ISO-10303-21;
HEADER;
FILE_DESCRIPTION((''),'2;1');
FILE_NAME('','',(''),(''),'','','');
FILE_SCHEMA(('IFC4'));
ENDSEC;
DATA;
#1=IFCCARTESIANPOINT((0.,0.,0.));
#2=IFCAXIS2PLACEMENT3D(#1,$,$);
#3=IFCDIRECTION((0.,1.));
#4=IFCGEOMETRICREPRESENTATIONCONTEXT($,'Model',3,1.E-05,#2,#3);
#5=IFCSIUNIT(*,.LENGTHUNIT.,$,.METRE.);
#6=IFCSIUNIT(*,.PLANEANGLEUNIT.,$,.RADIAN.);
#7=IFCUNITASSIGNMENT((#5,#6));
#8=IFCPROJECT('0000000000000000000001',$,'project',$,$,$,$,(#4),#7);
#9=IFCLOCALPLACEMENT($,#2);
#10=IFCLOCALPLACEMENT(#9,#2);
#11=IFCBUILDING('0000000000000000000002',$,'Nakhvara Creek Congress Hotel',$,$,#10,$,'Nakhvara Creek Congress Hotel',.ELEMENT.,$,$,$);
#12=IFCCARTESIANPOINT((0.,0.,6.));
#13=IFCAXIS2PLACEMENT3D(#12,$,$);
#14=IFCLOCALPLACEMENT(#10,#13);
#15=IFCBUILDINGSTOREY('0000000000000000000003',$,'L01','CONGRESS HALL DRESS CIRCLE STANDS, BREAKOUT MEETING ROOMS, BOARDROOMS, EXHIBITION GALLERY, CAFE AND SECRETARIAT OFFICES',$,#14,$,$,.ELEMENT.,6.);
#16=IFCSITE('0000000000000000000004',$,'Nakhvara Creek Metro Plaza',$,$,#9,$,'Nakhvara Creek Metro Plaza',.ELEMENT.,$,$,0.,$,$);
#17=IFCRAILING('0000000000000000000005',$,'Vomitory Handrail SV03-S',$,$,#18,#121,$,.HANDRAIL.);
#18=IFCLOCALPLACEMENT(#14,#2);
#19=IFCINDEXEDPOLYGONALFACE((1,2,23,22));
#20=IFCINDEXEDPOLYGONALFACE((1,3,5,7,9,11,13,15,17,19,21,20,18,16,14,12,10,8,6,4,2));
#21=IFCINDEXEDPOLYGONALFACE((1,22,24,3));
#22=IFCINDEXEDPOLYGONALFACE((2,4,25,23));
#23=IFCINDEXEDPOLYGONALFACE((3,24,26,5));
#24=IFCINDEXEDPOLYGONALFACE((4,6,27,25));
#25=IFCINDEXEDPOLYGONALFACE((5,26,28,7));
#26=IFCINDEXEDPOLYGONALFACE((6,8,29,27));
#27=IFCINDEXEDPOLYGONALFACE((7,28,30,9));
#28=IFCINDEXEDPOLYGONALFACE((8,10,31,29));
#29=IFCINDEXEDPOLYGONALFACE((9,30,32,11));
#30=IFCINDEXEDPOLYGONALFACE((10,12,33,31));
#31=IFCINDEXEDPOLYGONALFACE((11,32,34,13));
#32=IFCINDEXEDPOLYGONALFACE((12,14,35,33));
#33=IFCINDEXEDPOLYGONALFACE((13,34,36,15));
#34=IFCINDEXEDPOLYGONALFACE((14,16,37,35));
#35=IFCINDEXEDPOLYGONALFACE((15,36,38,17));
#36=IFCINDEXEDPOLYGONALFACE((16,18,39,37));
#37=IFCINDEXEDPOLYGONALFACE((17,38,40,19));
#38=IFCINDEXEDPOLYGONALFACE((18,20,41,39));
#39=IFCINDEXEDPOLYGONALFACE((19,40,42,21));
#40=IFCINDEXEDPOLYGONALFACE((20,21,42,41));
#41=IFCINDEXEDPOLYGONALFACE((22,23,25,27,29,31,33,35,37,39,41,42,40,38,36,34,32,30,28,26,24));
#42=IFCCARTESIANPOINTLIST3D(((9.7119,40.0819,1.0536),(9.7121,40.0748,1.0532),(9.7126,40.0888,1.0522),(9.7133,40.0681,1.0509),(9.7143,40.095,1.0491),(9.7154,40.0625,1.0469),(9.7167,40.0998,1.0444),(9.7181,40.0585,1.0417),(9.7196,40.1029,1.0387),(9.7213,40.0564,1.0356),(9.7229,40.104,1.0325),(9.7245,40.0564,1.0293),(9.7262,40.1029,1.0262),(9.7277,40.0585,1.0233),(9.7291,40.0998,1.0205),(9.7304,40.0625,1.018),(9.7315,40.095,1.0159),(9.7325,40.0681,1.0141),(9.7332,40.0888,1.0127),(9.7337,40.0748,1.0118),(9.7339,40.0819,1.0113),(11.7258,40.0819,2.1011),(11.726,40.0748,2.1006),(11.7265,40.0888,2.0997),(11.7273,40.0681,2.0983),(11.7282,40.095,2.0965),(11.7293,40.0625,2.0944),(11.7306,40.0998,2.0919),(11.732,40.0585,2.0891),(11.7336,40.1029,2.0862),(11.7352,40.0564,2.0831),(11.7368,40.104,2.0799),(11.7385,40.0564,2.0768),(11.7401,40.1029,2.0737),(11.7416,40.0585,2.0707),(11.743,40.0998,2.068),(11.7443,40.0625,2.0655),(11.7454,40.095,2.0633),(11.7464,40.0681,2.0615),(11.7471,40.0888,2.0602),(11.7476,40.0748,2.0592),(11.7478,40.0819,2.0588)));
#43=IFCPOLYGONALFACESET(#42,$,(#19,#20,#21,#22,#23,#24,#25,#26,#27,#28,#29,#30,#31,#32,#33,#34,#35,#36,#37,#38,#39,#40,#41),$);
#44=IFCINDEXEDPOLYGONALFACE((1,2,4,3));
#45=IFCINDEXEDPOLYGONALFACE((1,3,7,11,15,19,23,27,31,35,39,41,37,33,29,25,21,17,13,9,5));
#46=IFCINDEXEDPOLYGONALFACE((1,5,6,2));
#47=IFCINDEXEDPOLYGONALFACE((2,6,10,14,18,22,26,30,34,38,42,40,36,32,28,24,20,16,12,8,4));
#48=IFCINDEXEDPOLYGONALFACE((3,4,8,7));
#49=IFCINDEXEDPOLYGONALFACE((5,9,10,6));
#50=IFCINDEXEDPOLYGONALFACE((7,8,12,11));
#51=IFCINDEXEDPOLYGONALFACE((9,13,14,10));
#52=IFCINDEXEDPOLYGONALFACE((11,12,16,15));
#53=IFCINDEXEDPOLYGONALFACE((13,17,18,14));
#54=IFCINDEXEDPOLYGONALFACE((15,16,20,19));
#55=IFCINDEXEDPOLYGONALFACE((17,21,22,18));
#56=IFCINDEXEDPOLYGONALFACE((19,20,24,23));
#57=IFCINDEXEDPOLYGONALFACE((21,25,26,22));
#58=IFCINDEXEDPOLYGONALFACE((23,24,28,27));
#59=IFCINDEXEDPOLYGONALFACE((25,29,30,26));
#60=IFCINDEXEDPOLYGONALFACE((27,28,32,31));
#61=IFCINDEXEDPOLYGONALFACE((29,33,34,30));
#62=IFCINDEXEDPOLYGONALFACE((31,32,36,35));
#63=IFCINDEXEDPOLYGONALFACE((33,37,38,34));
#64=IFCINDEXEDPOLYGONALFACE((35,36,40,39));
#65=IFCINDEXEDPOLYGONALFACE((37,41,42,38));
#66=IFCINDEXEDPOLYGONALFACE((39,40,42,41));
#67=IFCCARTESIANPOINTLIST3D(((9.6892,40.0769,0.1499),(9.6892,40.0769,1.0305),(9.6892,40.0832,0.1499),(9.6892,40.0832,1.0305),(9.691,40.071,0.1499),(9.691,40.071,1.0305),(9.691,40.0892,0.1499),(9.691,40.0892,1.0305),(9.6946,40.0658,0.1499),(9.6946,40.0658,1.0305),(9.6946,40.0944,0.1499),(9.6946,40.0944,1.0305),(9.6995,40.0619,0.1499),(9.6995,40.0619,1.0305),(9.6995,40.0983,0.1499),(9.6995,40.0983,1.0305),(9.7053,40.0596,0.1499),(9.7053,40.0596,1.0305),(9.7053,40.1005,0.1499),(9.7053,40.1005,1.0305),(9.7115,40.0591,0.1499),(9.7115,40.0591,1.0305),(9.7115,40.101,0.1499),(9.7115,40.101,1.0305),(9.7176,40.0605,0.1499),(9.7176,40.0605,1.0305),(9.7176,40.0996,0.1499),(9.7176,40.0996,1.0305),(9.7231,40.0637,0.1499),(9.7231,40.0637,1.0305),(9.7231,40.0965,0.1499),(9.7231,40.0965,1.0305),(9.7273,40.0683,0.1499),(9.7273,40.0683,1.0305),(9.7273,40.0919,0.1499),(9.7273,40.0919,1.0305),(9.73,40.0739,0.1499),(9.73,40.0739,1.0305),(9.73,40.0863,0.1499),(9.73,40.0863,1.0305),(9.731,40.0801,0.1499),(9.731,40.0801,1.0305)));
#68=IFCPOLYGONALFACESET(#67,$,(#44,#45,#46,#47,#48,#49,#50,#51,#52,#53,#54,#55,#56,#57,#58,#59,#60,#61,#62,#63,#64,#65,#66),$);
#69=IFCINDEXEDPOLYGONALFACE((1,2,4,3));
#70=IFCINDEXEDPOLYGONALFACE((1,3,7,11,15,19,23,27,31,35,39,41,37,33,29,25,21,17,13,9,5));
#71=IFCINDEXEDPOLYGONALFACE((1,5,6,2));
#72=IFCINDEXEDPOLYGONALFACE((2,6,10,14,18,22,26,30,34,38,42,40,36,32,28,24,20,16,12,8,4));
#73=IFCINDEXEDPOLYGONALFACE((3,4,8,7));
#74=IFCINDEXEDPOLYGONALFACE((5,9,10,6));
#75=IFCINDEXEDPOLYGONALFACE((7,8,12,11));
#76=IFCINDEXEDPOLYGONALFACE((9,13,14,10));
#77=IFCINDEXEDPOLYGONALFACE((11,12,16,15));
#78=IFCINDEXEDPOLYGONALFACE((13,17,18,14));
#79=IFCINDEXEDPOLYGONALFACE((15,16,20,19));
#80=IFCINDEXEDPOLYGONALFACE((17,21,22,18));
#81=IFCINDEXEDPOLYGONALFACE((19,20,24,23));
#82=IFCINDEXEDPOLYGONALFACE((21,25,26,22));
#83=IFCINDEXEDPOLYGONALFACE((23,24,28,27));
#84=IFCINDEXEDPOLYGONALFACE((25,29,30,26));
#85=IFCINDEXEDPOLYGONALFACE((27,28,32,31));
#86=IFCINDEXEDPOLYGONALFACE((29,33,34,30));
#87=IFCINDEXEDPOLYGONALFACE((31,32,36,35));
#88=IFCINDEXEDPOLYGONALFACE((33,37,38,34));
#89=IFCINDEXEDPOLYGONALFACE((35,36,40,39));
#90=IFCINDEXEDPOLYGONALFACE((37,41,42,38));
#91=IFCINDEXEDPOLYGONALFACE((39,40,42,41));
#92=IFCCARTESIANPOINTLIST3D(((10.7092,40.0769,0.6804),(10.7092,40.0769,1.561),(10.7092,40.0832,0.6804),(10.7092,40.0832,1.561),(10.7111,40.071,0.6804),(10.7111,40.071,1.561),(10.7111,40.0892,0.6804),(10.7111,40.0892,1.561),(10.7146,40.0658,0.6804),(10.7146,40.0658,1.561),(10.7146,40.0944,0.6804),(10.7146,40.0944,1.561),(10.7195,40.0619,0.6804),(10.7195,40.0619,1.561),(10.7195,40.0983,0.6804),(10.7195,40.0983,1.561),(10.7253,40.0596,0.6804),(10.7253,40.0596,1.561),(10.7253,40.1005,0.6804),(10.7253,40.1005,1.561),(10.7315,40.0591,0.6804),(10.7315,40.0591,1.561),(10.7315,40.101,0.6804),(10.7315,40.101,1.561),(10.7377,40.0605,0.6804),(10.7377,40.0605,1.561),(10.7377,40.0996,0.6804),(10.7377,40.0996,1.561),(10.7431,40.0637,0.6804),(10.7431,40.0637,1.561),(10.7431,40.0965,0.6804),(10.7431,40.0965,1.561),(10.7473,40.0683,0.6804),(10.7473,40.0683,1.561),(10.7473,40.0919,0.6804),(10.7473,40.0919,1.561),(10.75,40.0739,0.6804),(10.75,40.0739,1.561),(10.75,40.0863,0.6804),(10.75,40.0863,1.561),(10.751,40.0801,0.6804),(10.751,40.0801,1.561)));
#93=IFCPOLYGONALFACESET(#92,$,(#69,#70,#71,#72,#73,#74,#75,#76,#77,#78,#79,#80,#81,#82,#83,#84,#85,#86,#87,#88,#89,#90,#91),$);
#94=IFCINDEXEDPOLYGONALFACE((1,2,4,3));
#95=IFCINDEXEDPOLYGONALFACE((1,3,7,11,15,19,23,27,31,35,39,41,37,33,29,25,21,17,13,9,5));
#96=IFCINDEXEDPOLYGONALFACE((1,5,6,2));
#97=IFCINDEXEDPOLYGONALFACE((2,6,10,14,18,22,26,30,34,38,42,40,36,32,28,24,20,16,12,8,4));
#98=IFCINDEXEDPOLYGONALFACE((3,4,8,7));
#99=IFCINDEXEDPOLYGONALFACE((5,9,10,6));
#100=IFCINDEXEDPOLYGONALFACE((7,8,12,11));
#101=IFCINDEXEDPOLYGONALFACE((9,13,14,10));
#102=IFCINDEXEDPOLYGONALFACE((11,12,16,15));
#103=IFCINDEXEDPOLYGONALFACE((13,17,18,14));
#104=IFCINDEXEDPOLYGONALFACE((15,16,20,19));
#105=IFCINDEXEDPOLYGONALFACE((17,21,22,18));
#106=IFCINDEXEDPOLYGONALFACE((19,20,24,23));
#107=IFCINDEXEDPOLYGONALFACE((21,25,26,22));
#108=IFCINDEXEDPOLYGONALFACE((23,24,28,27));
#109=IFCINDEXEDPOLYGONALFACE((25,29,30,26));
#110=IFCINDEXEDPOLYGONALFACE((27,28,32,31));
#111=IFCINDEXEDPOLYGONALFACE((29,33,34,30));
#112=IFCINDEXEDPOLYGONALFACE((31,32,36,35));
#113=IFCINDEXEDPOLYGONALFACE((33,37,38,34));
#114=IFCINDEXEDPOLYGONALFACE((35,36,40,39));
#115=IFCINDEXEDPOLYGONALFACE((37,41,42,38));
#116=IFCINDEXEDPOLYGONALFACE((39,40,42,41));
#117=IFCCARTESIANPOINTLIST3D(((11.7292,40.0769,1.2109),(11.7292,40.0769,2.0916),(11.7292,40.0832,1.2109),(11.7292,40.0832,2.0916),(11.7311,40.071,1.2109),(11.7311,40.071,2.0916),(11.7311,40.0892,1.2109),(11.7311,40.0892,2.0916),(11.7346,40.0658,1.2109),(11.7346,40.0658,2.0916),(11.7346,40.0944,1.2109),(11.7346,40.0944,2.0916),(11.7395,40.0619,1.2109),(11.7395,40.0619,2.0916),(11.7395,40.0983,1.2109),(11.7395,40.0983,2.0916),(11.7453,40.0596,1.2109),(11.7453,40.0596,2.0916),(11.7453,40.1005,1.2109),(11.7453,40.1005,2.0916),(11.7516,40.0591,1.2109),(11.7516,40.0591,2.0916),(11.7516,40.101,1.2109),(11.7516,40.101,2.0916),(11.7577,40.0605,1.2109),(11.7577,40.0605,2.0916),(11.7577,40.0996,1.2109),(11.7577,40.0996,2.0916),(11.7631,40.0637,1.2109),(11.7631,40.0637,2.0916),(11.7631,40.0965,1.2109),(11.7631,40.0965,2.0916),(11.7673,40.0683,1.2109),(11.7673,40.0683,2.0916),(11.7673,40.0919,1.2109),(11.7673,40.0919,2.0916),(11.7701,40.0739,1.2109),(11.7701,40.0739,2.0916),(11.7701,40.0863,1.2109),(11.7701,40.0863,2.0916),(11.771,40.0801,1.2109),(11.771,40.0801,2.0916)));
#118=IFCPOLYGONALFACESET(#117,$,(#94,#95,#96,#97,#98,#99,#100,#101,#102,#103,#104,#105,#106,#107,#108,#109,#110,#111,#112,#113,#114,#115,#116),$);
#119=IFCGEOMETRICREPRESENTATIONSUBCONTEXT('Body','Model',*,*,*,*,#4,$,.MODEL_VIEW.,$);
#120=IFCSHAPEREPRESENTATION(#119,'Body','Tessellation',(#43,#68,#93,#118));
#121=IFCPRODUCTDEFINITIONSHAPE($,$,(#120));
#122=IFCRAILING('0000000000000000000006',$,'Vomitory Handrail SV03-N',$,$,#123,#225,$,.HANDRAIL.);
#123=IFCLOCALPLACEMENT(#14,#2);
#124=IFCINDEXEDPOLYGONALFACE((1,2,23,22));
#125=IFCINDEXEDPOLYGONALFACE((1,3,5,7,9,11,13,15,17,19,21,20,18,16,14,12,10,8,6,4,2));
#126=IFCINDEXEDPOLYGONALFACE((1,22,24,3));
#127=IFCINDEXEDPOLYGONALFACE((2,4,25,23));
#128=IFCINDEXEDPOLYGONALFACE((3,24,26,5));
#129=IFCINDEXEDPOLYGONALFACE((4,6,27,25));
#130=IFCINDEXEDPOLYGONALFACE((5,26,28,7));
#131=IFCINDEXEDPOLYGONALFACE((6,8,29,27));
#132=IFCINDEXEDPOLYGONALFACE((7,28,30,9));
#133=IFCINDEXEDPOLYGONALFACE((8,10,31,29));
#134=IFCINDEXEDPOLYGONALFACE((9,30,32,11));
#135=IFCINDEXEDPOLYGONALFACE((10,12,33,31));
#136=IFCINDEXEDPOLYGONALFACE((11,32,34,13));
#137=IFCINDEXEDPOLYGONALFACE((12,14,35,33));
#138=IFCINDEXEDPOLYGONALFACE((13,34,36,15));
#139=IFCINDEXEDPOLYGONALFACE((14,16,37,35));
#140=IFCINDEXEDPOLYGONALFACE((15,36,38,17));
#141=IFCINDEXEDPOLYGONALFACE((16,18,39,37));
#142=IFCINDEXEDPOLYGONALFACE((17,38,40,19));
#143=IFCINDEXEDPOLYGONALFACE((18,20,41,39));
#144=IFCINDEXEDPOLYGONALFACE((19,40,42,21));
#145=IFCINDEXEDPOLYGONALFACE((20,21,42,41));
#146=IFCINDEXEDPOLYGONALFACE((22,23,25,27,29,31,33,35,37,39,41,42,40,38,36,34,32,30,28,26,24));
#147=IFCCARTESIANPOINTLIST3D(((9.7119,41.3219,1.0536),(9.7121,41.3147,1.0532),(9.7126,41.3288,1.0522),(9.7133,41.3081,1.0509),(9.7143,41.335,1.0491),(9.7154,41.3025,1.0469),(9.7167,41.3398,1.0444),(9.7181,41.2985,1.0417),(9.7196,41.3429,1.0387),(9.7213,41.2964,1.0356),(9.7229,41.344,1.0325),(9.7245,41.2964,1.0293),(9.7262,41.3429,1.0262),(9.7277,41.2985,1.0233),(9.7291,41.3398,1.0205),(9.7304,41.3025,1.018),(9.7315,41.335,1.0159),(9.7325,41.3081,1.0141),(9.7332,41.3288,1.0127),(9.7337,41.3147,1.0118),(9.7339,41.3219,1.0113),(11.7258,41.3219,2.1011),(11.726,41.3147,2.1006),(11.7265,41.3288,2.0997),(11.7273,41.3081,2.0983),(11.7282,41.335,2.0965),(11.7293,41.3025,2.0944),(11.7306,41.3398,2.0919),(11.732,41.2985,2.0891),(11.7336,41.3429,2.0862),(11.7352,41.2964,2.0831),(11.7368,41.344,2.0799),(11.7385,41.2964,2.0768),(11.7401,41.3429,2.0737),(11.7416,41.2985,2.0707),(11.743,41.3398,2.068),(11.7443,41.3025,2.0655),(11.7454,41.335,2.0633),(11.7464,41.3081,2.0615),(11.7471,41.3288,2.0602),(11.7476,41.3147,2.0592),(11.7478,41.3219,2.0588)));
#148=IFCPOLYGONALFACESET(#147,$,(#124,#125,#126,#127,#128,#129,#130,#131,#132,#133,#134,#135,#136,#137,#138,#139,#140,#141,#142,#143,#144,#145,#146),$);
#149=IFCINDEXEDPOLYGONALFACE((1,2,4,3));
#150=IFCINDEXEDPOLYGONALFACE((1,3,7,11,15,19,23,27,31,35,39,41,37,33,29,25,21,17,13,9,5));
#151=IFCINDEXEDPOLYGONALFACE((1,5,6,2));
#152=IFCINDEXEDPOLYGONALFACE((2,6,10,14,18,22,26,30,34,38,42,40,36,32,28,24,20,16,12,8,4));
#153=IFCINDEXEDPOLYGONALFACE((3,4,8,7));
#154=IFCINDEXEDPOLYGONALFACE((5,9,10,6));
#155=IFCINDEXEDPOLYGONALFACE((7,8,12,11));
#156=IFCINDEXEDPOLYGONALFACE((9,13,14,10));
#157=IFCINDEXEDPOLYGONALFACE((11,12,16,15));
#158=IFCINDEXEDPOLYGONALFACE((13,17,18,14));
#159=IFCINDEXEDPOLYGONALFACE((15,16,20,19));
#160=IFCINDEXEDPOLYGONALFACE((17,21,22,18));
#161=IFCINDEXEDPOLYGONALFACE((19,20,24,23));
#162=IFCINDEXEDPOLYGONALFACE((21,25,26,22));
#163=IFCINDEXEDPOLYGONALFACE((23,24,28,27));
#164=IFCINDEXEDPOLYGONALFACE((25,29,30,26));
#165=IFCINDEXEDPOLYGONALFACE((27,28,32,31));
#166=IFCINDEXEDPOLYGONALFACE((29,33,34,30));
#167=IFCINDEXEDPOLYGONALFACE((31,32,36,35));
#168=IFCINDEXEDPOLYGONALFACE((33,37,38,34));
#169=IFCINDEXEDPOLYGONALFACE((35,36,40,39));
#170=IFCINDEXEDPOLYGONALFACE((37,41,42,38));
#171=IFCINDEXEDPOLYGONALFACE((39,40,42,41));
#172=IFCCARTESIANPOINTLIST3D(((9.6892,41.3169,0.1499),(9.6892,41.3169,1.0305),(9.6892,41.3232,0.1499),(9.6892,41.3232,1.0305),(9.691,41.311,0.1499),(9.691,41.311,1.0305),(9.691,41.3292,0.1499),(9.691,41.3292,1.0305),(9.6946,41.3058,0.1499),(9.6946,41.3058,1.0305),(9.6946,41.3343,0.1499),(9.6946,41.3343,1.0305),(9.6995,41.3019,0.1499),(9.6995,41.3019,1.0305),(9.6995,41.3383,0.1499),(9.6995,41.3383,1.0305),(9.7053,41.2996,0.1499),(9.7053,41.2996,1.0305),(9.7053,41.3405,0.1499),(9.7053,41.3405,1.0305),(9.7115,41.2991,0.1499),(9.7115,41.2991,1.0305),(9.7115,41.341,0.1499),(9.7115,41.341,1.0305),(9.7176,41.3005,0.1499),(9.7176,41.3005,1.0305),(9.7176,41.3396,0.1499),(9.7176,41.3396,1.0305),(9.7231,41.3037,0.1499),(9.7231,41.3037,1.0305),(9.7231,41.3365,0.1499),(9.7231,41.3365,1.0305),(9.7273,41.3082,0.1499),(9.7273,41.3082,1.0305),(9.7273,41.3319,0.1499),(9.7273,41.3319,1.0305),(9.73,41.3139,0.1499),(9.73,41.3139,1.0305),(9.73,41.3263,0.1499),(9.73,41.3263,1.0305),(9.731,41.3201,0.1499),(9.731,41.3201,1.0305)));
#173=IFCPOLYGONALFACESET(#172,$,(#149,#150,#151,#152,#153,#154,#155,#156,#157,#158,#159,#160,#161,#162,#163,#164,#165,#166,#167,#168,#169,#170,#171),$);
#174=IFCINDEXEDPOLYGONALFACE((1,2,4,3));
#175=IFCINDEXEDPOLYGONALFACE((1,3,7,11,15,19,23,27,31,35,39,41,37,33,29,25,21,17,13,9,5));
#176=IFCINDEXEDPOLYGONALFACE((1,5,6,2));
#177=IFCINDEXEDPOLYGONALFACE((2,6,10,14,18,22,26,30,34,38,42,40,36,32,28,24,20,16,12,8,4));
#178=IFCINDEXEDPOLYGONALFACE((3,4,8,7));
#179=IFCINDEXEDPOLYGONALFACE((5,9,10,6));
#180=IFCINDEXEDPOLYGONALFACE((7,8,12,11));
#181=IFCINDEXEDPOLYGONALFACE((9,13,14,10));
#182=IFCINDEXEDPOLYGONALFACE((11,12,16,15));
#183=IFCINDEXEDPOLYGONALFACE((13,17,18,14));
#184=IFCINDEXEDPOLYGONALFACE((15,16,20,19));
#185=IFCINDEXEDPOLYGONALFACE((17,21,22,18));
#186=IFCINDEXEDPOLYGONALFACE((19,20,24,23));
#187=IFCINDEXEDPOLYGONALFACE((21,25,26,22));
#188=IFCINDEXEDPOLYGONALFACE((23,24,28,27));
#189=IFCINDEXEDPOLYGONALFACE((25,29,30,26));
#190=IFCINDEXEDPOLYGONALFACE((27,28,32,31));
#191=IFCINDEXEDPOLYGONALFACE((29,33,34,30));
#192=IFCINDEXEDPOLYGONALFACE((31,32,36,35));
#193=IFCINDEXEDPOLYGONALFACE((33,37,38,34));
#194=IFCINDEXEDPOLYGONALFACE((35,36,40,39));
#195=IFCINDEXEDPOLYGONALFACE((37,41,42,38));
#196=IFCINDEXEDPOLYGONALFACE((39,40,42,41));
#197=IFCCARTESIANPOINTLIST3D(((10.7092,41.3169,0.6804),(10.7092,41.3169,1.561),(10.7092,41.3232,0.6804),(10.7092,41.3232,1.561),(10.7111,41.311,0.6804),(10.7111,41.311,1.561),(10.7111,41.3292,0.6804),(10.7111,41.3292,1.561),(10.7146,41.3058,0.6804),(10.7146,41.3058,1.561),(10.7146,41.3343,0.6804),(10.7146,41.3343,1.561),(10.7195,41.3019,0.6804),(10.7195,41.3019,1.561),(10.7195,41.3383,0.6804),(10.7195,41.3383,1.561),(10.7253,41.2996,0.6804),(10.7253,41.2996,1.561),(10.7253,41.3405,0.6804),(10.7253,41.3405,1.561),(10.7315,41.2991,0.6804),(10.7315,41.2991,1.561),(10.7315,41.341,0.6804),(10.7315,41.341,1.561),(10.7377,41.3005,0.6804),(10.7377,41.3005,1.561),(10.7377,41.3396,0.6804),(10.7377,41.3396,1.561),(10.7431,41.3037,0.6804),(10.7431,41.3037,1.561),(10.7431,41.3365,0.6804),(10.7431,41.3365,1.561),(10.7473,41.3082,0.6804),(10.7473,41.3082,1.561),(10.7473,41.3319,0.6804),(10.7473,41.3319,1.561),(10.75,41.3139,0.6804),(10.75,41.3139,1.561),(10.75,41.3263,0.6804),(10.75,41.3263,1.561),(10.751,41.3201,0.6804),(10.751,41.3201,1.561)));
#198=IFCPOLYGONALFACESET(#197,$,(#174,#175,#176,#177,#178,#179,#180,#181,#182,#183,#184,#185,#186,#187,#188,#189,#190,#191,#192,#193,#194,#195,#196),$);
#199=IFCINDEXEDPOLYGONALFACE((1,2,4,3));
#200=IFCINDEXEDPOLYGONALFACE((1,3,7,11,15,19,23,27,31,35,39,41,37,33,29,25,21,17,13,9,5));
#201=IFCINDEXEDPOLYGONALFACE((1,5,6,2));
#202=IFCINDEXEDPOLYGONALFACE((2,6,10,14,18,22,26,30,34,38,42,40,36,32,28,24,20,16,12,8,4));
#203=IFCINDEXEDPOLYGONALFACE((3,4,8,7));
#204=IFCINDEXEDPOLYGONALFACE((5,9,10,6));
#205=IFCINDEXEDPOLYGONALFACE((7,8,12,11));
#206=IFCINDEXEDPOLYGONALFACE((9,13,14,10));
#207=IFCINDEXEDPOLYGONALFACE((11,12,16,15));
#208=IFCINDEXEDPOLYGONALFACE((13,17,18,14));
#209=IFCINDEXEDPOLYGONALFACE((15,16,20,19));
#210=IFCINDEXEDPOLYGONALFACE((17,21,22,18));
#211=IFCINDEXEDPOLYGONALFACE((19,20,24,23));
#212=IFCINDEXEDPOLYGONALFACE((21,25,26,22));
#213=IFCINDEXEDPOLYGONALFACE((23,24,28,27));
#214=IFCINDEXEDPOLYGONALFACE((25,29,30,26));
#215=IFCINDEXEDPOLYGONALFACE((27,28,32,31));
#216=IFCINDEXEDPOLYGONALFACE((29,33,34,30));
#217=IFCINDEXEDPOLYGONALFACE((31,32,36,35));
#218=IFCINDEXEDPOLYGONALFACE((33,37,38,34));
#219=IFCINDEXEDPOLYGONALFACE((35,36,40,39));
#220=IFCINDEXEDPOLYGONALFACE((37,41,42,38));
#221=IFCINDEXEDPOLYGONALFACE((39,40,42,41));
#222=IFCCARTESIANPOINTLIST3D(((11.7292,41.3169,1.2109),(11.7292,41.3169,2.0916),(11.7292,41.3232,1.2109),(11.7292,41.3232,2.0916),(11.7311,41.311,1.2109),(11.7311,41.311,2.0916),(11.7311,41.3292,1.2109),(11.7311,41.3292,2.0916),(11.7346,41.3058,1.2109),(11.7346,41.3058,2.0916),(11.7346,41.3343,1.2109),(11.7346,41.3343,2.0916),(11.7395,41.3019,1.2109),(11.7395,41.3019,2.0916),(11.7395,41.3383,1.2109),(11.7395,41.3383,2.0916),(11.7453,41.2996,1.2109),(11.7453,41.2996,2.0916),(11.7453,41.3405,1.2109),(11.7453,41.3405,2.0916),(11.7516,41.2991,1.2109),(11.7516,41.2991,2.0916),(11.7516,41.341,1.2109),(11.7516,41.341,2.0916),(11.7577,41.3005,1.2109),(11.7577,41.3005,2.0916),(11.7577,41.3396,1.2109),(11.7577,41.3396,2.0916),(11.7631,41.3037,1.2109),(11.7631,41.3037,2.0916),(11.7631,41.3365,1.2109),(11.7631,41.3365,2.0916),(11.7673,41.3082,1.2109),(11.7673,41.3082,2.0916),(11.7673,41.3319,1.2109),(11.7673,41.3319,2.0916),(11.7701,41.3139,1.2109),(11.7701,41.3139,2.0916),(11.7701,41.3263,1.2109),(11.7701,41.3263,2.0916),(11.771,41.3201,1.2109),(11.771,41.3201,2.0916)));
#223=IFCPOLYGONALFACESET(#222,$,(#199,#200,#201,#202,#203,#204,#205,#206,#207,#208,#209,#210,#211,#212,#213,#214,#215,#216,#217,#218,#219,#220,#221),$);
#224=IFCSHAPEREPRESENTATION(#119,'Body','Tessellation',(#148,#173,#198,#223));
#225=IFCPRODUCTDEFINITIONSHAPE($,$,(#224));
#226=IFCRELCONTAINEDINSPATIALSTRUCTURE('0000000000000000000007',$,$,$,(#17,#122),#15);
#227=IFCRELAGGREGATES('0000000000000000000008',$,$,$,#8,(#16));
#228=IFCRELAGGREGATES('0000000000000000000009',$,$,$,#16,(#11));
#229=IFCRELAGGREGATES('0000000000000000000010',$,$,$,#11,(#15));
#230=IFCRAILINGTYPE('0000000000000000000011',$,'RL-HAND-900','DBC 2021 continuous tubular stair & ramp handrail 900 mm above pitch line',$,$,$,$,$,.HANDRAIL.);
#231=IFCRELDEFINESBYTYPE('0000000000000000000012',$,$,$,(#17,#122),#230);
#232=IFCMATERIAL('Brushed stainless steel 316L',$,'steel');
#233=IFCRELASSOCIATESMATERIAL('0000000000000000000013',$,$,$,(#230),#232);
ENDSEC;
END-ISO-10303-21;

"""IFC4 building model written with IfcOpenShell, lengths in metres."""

from ifc_helpers import new_model, si_unit, direction, frame, origin, origin_2d, place, context, subcontext, project, spatial, circle, extrude, material, type_object, element, save


model = new_model("IFC4")

# Units and contexts
model_context = context("Model", 3, precision=1e-05, world=origin(), true_north=direction((0.0, 1.0)))
body_context = subcontext(model_context, "Body", "Model", "MODEL_VIEW")
ifc_project = project(units=[si_unit("LENGTHUNIT", "METRE"), si_unit("PLANEANGLEUNIT", "RADIAN")], contexts=[model_context])

# Site, building, storey
site_placement = place(None, origin())
site = spatial("IfcSite", under=ifc_project, at=site_placement, Name="Nakhvara Creek Metro Plaza", LongName="Nakhvara Creek Metro Plaza", CompositionType="ELEMENT", RefElevation=0.0)
building_placement = place(site_placement, origin())
building = spatial("IfcBuilding", under=site, at=building_placement, Name="Nakhvara Creek Congress Hotel", LongName="Nakhvara Creek Congress Hotel", CompositionType="ELEMENT")
storey_placement = place(building_placement, frame((0.0, 0.0, 6.0)))
storey = spatial("IfcBuildingStorey", under=building, at=storey_placement, Name="L01", Description="CONGRESS HALL DRESS CIRCLE STANDS, BREAKOUT MEETING ROOMS, BOARDROOMS, EXHIBITION GALLERY, CAFE AND SECRETARIAT OFFICES", CompositionType="ELEMENT", Elevation=6.0)

# Railings
ifc_material_1 = material(Name="Brushed stainless steel 316L", Category="steel")
railing_type_1 = type_object("IfcRailingType", Name="RL-HAND-900", Description="DBC 2021 continuous tubular stair & ramp handrail 900 mm above pitch line", PredefinedType="HANDRAIL", material=ifc_material_1)
for number, where, name in (
    (1, (9.71, 40.0801, 0.1499), "Vomitory Handrail SV03-S"),
    (2, (9.71, 41.3201, 0.1499), "Vomitory Handrail SV03-N"),
):
    element("IfcRailing", number, at=place(storey_placement, frame(where)), inside=storey, type_object=railing_type_1, Name=name, PredefinedType="HANDRAIL", context=body_context, shape_type="SweptSolid", body=[
        extrude(circle(Radius=0.0239, at=origin_2d()), frame((0.0129, 0.0, 0.8826), z_axis=(0.887179, 0.0, 0.461426), x_axis=(0.0, 1.0, 0.0)), (0.0, 0.0, 1.0), 2.27),
        extrude(circle(Radius=0.021, at=origin_2d()), origin(), (0.0, 0.0, 1.0), 0.8806),
        extrude(circle(Radius=0.021, at=origin_2d()), frame((1.02, 0.0, 0.5305)), (0.0, 0.0, 1.0), 0.8806),
        extrude(circle(Radius=0.021, at=origin_2d()), frame((2.04, 0.0, 1.061)), (0.0, 0.0, 1.0), 0.8806),
    ])

save(model, "model.ifc")
